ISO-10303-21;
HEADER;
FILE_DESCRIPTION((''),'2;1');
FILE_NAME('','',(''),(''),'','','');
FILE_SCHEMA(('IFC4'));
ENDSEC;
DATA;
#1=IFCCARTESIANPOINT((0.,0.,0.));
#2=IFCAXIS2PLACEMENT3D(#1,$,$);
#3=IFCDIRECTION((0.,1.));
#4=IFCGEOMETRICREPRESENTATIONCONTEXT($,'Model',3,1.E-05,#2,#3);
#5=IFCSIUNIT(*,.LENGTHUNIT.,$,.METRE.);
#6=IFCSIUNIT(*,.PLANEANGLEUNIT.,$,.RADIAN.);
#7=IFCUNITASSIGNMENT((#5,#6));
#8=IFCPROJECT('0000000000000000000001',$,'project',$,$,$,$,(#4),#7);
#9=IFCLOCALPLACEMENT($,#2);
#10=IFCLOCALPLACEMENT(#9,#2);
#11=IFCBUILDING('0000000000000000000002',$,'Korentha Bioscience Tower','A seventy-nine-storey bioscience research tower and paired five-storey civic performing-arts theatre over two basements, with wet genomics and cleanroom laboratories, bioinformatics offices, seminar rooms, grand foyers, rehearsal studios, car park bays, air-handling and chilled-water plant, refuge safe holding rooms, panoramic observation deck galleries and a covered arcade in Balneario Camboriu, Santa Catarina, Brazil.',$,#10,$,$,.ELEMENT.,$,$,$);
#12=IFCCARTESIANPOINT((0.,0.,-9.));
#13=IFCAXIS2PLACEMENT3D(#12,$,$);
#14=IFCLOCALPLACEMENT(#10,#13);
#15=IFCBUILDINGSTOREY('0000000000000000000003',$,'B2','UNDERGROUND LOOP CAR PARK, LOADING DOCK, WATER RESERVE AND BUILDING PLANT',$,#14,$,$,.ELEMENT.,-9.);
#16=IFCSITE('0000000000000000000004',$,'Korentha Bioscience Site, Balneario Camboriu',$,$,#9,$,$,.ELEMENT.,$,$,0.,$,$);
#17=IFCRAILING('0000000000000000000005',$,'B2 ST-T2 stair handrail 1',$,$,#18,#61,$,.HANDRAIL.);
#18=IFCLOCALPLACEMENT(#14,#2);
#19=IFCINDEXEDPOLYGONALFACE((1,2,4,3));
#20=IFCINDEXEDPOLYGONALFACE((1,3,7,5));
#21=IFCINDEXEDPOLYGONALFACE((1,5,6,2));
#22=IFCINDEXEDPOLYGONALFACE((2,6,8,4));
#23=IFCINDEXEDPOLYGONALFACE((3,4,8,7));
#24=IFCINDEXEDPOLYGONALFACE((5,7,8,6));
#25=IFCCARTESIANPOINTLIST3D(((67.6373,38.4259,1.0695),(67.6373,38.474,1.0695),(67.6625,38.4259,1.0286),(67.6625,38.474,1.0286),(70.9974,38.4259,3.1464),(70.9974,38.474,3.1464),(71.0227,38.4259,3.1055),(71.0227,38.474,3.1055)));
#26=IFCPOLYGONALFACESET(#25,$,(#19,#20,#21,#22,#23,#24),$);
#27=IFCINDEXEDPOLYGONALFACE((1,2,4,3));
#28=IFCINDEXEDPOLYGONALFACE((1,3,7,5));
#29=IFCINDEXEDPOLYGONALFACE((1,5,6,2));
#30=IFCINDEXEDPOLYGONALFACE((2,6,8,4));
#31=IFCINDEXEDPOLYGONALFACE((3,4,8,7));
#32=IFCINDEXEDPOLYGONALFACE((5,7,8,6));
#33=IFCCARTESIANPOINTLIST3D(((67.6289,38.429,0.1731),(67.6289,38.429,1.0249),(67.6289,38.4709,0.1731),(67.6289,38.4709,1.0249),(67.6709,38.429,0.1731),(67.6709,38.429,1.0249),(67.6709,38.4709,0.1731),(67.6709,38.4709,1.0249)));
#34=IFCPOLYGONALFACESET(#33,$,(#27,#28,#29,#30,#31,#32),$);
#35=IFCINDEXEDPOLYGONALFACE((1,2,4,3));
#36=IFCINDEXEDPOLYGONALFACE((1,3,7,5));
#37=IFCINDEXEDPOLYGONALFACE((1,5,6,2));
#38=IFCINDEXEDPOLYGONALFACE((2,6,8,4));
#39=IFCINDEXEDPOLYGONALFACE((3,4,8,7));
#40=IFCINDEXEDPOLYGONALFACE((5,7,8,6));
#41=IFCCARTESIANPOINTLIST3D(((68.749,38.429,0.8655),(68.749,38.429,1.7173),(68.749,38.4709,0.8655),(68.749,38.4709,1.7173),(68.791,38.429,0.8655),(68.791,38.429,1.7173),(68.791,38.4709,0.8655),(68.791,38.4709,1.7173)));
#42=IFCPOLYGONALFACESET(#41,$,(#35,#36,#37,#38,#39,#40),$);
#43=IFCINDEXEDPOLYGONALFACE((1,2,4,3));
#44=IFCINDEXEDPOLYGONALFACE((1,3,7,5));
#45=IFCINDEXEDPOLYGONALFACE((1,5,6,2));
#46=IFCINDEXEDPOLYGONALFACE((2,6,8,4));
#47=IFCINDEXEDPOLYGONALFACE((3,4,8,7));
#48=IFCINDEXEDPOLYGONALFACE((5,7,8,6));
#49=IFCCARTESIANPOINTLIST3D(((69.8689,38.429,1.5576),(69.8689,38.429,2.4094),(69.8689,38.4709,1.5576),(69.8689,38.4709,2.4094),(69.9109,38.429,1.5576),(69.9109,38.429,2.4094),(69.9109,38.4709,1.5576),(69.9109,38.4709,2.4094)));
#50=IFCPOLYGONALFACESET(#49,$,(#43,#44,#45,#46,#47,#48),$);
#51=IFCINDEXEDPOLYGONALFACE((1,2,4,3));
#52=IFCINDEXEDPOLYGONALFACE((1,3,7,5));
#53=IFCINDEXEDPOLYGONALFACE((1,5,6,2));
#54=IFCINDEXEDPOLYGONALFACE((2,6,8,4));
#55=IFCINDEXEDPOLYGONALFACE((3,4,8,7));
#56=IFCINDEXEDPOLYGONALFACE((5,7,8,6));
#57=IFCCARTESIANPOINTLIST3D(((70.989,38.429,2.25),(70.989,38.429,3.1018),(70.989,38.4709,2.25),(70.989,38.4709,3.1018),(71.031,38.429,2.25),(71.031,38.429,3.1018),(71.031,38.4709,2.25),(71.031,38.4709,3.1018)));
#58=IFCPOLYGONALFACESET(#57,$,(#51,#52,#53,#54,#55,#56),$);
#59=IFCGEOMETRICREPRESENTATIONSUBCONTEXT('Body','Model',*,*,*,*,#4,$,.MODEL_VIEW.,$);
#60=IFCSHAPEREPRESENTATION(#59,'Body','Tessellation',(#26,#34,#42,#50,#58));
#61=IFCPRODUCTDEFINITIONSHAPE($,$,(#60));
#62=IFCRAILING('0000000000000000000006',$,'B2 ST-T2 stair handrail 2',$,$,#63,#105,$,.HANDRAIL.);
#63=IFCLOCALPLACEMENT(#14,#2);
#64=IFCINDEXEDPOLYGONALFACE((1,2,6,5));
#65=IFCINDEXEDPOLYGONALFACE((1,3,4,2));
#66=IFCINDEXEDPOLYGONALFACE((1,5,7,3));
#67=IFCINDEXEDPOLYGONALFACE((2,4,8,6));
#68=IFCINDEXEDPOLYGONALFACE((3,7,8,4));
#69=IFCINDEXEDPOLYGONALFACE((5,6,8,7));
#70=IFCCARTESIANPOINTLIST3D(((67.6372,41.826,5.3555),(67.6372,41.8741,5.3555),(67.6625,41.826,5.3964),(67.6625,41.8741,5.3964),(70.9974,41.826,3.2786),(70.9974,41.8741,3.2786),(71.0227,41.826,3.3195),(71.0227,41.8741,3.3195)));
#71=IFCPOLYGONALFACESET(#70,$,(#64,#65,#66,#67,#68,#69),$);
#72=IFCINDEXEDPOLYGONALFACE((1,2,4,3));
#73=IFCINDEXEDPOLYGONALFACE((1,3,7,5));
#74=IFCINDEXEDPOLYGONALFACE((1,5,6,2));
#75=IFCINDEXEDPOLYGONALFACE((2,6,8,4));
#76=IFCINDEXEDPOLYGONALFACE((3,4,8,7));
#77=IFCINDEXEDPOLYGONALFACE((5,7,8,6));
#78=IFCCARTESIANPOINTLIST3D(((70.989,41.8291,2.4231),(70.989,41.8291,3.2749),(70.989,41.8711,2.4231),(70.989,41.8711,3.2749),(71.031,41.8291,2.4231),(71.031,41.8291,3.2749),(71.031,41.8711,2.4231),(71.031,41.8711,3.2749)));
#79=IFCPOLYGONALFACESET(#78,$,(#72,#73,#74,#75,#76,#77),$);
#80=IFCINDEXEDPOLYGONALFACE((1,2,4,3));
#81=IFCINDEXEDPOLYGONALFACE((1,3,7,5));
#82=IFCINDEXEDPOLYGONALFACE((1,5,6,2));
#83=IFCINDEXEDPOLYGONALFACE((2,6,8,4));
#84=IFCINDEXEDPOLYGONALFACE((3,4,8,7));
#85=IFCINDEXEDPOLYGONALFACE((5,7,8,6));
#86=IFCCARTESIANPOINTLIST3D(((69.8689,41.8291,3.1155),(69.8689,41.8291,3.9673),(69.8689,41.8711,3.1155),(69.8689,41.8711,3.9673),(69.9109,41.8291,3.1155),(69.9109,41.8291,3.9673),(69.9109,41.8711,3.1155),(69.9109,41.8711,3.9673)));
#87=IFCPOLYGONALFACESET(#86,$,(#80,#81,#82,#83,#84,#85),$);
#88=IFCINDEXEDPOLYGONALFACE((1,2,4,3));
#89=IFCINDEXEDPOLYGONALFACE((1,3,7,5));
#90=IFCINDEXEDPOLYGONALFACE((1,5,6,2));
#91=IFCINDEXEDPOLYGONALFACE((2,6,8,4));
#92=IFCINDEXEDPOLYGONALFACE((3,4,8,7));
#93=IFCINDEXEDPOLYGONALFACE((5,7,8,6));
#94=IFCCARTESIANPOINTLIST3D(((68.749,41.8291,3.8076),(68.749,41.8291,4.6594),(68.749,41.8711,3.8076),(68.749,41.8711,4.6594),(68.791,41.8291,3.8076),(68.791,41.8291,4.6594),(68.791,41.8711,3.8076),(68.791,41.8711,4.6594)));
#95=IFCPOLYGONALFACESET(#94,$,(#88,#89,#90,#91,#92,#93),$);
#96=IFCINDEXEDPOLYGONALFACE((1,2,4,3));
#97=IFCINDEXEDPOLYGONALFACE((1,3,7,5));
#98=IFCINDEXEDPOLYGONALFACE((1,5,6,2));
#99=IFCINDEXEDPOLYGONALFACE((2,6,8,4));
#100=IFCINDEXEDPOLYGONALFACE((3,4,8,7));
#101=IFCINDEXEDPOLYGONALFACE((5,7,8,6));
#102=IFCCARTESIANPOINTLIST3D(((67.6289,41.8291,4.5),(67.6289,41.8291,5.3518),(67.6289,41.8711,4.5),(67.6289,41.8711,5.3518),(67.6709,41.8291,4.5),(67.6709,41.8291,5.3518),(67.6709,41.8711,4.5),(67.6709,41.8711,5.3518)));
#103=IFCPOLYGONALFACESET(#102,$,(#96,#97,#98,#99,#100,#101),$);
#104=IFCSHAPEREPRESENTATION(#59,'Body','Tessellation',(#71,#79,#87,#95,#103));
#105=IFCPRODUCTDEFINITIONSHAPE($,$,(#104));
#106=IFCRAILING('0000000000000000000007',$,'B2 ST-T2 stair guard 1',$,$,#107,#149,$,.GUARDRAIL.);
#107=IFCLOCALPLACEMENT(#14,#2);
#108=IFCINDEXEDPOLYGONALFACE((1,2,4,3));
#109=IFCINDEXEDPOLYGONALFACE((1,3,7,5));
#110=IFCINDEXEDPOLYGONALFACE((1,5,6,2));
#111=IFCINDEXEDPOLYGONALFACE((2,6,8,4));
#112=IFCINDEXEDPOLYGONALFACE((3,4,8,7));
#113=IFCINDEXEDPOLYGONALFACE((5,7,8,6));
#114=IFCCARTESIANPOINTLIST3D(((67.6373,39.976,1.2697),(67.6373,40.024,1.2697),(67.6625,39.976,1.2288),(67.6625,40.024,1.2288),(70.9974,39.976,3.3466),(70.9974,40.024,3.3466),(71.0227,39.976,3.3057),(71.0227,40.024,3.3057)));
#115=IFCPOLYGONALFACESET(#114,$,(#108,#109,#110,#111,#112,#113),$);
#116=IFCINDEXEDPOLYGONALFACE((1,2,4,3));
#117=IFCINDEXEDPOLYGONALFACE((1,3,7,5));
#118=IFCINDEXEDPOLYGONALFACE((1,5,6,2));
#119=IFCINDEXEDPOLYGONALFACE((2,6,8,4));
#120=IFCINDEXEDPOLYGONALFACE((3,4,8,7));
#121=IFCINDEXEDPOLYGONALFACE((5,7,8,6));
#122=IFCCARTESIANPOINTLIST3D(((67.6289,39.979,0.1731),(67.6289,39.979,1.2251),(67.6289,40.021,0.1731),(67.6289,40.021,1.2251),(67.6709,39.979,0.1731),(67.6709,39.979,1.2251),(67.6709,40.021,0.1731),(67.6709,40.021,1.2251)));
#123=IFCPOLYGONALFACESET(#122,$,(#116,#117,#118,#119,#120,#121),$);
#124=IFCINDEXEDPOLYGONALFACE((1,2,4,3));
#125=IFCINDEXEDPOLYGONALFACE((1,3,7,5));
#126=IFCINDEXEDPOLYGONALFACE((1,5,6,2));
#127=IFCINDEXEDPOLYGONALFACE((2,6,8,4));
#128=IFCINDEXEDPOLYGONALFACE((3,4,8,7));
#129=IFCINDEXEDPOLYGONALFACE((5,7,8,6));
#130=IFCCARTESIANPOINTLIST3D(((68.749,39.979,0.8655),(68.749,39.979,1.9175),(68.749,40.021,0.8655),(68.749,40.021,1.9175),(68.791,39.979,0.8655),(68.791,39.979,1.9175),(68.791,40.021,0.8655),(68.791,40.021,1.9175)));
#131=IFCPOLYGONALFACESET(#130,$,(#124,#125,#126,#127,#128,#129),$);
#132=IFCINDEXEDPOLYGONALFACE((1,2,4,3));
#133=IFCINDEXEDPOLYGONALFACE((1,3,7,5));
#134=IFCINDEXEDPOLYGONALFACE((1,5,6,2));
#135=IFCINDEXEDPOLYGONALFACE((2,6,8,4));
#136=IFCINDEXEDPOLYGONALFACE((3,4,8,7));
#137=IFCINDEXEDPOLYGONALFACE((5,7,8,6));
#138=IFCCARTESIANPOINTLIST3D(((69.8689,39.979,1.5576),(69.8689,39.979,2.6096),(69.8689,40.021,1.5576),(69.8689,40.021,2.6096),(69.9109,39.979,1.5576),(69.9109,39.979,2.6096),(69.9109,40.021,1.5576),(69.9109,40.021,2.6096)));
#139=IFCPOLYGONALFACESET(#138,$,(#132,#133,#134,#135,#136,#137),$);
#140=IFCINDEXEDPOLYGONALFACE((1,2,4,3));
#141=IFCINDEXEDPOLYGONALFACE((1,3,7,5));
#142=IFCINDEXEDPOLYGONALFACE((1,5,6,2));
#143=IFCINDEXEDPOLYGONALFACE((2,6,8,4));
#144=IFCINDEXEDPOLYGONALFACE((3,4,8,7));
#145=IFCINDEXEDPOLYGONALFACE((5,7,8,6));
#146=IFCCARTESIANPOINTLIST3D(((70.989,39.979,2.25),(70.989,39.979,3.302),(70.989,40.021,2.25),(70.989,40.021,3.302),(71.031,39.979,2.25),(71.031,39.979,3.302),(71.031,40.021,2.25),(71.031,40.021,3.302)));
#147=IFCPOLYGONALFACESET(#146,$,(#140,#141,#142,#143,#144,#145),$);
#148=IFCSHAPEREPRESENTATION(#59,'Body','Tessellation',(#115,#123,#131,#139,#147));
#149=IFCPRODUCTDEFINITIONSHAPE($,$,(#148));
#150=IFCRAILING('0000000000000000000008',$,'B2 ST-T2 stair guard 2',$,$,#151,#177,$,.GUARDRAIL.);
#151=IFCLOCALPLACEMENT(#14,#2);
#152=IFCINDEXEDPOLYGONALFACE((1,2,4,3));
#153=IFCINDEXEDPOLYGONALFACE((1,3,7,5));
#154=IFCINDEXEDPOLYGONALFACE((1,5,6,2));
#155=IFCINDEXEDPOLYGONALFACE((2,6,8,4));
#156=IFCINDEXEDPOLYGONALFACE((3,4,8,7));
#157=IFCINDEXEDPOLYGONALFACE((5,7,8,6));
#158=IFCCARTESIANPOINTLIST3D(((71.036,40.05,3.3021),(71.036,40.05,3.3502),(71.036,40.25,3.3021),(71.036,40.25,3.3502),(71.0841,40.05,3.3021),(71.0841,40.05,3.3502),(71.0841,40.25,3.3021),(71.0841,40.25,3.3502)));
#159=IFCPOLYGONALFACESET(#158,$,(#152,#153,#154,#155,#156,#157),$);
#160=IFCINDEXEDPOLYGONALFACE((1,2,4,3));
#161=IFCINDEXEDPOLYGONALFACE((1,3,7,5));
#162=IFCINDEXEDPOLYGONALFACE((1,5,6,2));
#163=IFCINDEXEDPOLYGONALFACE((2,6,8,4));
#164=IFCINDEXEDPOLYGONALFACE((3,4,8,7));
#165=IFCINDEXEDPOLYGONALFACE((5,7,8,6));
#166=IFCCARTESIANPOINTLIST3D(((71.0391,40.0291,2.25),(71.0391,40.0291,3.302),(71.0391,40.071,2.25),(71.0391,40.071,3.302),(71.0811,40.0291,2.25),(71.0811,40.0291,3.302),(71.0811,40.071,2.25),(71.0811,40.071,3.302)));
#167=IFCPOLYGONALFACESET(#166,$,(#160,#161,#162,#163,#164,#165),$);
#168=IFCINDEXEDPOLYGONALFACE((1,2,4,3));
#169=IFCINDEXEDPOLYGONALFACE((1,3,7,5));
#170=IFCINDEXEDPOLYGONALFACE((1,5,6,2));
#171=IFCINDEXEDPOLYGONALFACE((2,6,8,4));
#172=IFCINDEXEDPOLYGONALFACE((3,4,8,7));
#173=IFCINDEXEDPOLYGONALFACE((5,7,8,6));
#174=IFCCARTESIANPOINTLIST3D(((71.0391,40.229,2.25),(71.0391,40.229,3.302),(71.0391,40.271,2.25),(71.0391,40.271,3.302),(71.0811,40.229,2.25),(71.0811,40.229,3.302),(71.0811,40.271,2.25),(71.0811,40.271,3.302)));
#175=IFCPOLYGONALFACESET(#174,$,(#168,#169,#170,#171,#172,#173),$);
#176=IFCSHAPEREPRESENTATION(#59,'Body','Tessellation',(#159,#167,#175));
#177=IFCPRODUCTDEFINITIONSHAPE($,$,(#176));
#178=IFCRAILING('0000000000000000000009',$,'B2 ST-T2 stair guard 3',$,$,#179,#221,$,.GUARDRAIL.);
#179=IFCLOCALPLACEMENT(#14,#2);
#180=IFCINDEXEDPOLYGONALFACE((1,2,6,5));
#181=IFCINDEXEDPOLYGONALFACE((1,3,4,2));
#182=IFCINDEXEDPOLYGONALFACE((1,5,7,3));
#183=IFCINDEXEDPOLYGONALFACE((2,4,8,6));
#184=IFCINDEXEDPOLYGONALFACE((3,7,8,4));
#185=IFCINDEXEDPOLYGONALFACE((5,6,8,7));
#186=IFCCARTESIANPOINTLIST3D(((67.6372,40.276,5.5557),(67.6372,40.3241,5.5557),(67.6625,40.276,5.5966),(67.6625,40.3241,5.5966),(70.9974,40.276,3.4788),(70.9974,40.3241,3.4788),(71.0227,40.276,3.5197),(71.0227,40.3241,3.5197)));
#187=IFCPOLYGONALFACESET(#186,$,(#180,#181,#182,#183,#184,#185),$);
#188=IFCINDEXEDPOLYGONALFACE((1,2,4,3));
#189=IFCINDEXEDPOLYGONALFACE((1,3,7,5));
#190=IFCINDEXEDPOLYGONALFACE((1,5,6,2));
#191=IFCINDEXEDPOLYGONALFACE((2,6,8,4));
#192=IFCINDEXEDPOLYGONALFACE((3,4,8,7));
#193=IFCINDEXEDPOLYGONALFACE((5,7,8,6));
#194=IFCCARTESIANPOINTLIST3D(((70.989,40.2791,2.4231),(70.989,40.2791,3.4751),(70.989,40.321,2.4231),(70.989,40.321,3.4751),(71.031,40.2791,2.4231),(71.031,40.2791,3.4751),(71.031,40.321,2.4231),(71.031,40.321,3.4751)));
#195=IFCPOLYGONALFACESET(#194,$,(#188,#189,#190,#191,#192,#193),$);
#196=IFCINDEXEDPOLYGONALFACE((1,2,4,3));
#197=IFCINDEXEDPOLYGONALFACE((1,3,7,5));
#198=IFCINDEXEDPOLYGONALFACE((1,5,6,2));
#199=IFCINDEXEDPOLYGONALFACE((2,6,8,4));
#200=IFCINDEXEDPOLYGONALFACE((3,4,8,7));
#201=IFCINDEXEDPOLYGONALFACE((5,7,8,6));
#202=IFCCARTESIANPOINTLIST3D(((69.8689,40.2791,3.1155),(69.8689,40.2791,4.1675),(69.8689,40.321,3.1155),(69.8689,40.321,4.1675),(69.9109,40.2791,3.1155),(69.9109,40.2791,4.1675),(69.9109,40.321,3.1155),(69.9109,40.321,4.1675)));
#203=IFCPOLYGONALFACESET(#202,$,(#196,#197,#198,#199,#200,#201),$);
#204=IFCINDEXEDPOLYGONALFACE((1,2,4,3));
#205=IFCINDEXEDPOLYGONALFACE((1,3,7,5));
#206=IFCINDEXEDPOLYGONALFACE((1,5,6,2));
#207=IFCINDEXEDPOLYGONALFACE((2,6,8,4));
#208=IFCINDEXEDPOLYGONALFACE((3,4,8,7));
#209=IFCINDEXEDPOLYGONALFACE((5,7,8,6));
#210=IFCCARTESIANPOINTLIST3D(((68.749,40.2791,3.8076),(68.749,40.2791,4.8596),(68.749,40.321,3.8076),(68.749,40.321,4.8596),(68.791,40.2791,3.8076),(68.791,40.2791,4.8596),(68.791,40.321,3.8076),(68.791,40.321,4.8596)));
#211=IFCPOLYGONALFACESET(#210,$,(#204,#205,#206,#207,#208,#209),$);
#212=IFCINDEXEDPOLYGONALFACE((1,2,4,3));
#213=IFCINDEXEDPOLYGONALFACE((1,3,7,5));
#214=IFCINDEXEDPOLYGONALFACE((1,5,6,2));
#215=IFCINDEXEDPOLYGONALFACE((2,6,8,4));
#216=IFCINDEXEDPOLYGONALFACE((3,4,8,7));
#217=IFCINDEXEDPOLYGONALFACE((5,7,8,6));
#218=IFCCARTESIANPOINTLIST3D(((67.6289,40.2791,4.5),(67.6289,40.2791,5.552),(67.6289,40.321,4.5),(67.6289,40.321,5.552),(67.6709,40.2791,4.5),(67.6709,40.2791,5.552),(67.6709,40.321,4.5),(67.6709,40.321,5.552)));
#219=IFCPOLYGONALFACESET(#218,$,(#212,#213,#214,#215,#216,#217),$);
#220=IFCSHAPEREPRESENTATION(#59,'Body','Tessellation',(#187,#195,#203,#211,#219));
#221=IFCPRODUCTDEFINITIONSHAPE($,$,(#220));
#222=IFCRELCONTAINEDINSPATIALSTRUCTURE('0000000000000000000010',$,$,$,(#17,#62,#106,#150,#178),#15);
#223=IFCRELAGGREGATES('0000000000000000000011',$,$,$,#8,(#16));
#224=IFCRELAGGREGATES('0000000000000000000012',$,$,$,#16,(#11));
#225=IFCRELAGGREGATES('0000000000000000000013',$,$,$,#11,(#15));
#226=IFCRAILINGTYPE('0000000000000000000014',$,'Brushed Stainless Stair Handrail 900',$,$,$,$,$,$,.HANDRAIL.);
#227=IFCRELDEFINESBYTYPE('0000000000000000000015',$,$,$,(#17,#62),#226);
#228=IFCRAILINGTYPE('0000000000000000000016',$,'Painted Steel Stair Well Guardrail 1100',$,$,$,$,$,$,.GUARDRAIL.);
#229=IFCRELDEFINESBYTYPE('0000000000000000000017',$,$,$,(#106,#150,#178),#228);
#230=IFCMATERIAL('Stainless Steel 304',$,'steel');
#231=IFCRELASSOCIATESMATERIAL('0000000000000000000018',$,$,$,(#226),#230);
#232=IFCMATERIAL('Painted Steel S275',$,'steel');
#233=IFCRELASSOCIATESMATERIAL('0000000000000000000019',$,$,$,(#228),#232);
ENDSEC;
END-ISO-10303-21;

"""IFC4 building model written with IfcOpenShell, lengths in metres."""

from ifc_helpers import new_model, si_unit, direction, frame, origin, origin_2d, place, context, subcontext, project, spatial, rectangle, extrude, material, type_object, element, save


model = new_model("IFC4")

# Units and contexts
model_context = context("Model", 3, precision=1e-05, world=origin(), true_north=direction((0.0, 1.0)))
body_context = subcontext(model_context, "Body", "Model", "MODEL_VIEW")
ifc_project = project(units=[si_unit("LENGTHUNIT", "METRE"), si_unit("PLANEANGLEUNIT", "RADIAN")], contexts=[model_context])

# Site, building, storey
site_placement = place(None, origin())
site = spatial("IfcSite", under=ifc_project, at=site_placement, Name="Korentha Bioscience Site, Balneario Camboriu", CompositionType="ELEMENT", RefElevation=0.0)
building_placement = place(site_placement, origin())
building = spatial("IfcBuilding", under=site, at=building_placement, Name="Korentha Bioscience Tower", Description="A seventy-nine-storey bioscience research tower and paired five-storey civic performing-arts theatre over two basements, with wet genomics and cleanroom laboratories, bioinformatics offices, seminar rooms, grand foyers, rehearsal studios, car park bays, air-handling and chilled-water plant, refuge safe holding rooms, panoramic observation deck galleries and a covered arcade in Balneario Camboriu, Santa Catarina, Brazil.", CompositionType="ELEMENT")
storey_placement = place(building_placement, frame((0.0, 0.0, -9.0)))
storey = spatial("IfcBuildingStorey", under=building, at=storey_placement, Name="B2", Description="UNDERGROUND LOOP CAR PARK, LOADING DOCK, WATER RESERVE AND BUILDING PLANT", CompositionType="ELEMENT", Elevation=-9.0)

# Railings
ifc_material_1 = material(Name="Stainless Steel 304", Category="steel")
railing_type_1 = type_object("IfcRailingType", Name="Brushed Stainless Stair Handrail 900", PredefinedType="HANDRAIL", material=ifc_material_1)
railing_1_placement = place(storey_placement, frame((67.6499, 38.45, 0.1731)))
element("IfcRailing", 1, at=railing_1_placement, inside=storey, type_object=railing_type_1, Name="B2 ST-T2 stair handrail 1", PredefinedType="HANDRAIL", context=body_context, shape_type="SweptSolid", body=[
    extrude(rectangle(XDim=0.0481, YDim=0.0481, at=origin_2d()), frame((0.0, 0.0, 0.876), z_axis=(0.850623, 0.0, 0.525776), x_axis=(0.0, 1.0, 0.0)), (0.0, 0.0, 1.0), 3.9502),
    extrude(rectangle(XDim=0.042, YDim=0.042, at=origin_2d()), origin(), (0.0, 0.0, 1.0), 0.8518),
    extrude(rectangle(XDim=0.042, YDim=0.042, at=origin_2d()), frame((1.1201, 0.0, 0.6924)), (0.0, 0.0, 1.0), 0.8518),
    extrude(rectangle(XDim=0.042, YDim=0.042, at=origin_2d()), frame((2.24, 0.0, 1.3845)), (0.0, 0.0, 1.0), 0.8518),
    extrude(rectangle(XDim=0.042, YDim=0.042, at=origin_2d()), frame((3.3601, 0.0, 2.0769)), (0.0, 0.0, 1.0), 0.8518),
])
railing_2_placement = place(storey_placement, frame((71.01, 41.8501, 2.4231)))
element("IfcRailing", 2, at=railing_2_placement, inside=storey, type_object=railing_type_1, Name="B2 ST-T2 stair handrail 2", PredefinedType="HANDRAIL", context=body_context, shape_type="SweptSolid", body=[
    extrude(rectangle(XDim=0.0481, YDim=0.0481, at=origin_2d()), frame((0.0, 0.0, 0.876), z_axis=(-0.850623, 0.0, 0.525776), x_axis=(0.0, -1.0, 0.0)), (0.0, 0.0, 1.0), 3.9502),
    extrude(rectangle(XDim=0.042, YDim=0.042, at=origin_2d()), origin(), (0.0, 0.0, 1.0), 0.8518),
    extrude(rectangle(XDim=0.042, YDim=0.042, at=origin_2d()), frame((-1.1201, 0.0, 0.6924)), (0.0, 0.0, 1.0), 0.8518),
    extrude(rectangle(XDim=0.042, YDim=0.042, at=origin_2d()), frame((-2.24, 0.0, 1.3845)), (0.0, 0.0, 1.0), 0.8518),
    extrude(rectangle(XDim=0.042, YDim=0.042, at=origin_2d()), frame((-3.3601, 0.0, 2.0769)), (0.0, 0.0, 1.0), 0.8518),
])
ifc_material_2 = material(Name="Painted Steel S275", Category="steel")
railing_type_2 = type_object("IfcRailingType", Name="Painted Steel Stair Well Guardrail 1100", PredefinedType="GUARDRAIL", material=ifc_material_2)
railing_3_placement = place(storey_placement, frame((67.6499, 40.0, 0.1731)))
element("IfcRailing", 3, at=railing_3_placement, inside=storey, type_object=railing_type_2, Name="B2 ST-T2 stair guard 1", PredefinedType="GUARDRAIL", context=body_context, shape_type="SweptSolid", body=[
    extrude(rectangle(XDim=0.0481, YDim=0.0481, at=origin_2d()), frame((0.0, 0.0, 1.0762), z_axis=(0.850623, 0.0, 0.525776), x_axis=(0.0, 1.0, 0.0)), (0.0, 0.0, 1.0), 3.9502),
    extrude(rectangle(XDim=0.042, YDim=0.042, at=origin_2d()), origin(), (0.0, 0.0, 1.0), 1.052),
    extrude(rectangle(XDim=0.042, YDim=0.042, at=origin_2d()), frame((1.1201, 0.0, 0.6924)), (0.0, 0.0, 1.0), 1.052),
    extrude(rectangle(XDim=0.042, YDim=0.042, at=origin_2d()), frame((2.24, 0.0, 1.3845)), (0.0, 0.0, 1.0), 1.052),
    extrude(rectangle(XDim=0.042, YDim=0.042, at=origin_2d()), frame((3.3601, 0.0, 2.0769)), (0.0, 0.0, 1.0), 1.052),
])
railing_4_placement = place(storey_placement, frame((71.0601, 40.05, 2.25)))
element("IfcRailing", 4, at=railing_4_placement, inside=storey, type_object=railing_type_2, Name="B2 ST-T2 stair guard 2", PredefinedType="GUARDRAIL", context=body_context, shape_type="SweptSolid", body=[
    extrude(rectangle(XDim=0.0481, YDim=0.0481, at=origin_2d()), frame((0.0, 0.0, 1.0762), z_axis=(0.0, 1.0, 0.0), x_axis=(-1.0, 0.0, 0.0)), (0.0, 0.0, 1.0), 0.2),
    extrude(rectangle(XDim=0.042, YDim=0.042, at=origin_2d()), origin(), (0.0, 0.0, 1.0), 1.052),
    extrude(rectangle(XDim=0.042, YDim=0.042, at=origin_2d()), frame((0.0, 0.2, 0.0)), (0.0, 0.0, 1.0), 1.052),
])
railing_5_placement = place(storey_placement, frame((71.01, 40.3, 2.4231)))
element("IfcRailing", 5, at=railing_5_placement, inside=storey, type_object=railing_type_2, Name="B2 ST-T2 stair guard 3", PredefinedType="GUARDRAIL", context=body_context, shape_type="SweptSolid", body=[
    extrude(rectangle(XDim=0.0481, YDim=0.0481, at=origin_2d()), frame((0.0, 0.0, 1.0762), z_axis=(-0.850623, 0.0, 0.525776), x_axis=(0.0, -1.0, 0.0)), (0.0, 0.0, 1.0), 3.9502),
    extrude(rectangle(XDim=0.042, YDim=0.042, at=origin_2d()), origin(), (0.0, 0.0, 1.0), 1.052),
    extrude(rectangle(XDim=0.042, YDim=0.042, at=origin_2d()), frame((-1.1201, 0.0, 0.6924)), (0.0, 0.0, 1.0), 1.052),
    extrude(rectangle(XDim=0.042, YDim=0.042, at=origin_2d()), frame((-2.24, 0.0, 1.3845)), (0.0, 0.0, 1.0), 1.052),
    extrude(rectangle(XDim=0.042, YDim=0.042, at=origin_2d()), frame((-3.3601, 0.0, 2.0769)), (0.0, 0.0, 1.0), 1.052),
])

save(model, "model.ifc")
